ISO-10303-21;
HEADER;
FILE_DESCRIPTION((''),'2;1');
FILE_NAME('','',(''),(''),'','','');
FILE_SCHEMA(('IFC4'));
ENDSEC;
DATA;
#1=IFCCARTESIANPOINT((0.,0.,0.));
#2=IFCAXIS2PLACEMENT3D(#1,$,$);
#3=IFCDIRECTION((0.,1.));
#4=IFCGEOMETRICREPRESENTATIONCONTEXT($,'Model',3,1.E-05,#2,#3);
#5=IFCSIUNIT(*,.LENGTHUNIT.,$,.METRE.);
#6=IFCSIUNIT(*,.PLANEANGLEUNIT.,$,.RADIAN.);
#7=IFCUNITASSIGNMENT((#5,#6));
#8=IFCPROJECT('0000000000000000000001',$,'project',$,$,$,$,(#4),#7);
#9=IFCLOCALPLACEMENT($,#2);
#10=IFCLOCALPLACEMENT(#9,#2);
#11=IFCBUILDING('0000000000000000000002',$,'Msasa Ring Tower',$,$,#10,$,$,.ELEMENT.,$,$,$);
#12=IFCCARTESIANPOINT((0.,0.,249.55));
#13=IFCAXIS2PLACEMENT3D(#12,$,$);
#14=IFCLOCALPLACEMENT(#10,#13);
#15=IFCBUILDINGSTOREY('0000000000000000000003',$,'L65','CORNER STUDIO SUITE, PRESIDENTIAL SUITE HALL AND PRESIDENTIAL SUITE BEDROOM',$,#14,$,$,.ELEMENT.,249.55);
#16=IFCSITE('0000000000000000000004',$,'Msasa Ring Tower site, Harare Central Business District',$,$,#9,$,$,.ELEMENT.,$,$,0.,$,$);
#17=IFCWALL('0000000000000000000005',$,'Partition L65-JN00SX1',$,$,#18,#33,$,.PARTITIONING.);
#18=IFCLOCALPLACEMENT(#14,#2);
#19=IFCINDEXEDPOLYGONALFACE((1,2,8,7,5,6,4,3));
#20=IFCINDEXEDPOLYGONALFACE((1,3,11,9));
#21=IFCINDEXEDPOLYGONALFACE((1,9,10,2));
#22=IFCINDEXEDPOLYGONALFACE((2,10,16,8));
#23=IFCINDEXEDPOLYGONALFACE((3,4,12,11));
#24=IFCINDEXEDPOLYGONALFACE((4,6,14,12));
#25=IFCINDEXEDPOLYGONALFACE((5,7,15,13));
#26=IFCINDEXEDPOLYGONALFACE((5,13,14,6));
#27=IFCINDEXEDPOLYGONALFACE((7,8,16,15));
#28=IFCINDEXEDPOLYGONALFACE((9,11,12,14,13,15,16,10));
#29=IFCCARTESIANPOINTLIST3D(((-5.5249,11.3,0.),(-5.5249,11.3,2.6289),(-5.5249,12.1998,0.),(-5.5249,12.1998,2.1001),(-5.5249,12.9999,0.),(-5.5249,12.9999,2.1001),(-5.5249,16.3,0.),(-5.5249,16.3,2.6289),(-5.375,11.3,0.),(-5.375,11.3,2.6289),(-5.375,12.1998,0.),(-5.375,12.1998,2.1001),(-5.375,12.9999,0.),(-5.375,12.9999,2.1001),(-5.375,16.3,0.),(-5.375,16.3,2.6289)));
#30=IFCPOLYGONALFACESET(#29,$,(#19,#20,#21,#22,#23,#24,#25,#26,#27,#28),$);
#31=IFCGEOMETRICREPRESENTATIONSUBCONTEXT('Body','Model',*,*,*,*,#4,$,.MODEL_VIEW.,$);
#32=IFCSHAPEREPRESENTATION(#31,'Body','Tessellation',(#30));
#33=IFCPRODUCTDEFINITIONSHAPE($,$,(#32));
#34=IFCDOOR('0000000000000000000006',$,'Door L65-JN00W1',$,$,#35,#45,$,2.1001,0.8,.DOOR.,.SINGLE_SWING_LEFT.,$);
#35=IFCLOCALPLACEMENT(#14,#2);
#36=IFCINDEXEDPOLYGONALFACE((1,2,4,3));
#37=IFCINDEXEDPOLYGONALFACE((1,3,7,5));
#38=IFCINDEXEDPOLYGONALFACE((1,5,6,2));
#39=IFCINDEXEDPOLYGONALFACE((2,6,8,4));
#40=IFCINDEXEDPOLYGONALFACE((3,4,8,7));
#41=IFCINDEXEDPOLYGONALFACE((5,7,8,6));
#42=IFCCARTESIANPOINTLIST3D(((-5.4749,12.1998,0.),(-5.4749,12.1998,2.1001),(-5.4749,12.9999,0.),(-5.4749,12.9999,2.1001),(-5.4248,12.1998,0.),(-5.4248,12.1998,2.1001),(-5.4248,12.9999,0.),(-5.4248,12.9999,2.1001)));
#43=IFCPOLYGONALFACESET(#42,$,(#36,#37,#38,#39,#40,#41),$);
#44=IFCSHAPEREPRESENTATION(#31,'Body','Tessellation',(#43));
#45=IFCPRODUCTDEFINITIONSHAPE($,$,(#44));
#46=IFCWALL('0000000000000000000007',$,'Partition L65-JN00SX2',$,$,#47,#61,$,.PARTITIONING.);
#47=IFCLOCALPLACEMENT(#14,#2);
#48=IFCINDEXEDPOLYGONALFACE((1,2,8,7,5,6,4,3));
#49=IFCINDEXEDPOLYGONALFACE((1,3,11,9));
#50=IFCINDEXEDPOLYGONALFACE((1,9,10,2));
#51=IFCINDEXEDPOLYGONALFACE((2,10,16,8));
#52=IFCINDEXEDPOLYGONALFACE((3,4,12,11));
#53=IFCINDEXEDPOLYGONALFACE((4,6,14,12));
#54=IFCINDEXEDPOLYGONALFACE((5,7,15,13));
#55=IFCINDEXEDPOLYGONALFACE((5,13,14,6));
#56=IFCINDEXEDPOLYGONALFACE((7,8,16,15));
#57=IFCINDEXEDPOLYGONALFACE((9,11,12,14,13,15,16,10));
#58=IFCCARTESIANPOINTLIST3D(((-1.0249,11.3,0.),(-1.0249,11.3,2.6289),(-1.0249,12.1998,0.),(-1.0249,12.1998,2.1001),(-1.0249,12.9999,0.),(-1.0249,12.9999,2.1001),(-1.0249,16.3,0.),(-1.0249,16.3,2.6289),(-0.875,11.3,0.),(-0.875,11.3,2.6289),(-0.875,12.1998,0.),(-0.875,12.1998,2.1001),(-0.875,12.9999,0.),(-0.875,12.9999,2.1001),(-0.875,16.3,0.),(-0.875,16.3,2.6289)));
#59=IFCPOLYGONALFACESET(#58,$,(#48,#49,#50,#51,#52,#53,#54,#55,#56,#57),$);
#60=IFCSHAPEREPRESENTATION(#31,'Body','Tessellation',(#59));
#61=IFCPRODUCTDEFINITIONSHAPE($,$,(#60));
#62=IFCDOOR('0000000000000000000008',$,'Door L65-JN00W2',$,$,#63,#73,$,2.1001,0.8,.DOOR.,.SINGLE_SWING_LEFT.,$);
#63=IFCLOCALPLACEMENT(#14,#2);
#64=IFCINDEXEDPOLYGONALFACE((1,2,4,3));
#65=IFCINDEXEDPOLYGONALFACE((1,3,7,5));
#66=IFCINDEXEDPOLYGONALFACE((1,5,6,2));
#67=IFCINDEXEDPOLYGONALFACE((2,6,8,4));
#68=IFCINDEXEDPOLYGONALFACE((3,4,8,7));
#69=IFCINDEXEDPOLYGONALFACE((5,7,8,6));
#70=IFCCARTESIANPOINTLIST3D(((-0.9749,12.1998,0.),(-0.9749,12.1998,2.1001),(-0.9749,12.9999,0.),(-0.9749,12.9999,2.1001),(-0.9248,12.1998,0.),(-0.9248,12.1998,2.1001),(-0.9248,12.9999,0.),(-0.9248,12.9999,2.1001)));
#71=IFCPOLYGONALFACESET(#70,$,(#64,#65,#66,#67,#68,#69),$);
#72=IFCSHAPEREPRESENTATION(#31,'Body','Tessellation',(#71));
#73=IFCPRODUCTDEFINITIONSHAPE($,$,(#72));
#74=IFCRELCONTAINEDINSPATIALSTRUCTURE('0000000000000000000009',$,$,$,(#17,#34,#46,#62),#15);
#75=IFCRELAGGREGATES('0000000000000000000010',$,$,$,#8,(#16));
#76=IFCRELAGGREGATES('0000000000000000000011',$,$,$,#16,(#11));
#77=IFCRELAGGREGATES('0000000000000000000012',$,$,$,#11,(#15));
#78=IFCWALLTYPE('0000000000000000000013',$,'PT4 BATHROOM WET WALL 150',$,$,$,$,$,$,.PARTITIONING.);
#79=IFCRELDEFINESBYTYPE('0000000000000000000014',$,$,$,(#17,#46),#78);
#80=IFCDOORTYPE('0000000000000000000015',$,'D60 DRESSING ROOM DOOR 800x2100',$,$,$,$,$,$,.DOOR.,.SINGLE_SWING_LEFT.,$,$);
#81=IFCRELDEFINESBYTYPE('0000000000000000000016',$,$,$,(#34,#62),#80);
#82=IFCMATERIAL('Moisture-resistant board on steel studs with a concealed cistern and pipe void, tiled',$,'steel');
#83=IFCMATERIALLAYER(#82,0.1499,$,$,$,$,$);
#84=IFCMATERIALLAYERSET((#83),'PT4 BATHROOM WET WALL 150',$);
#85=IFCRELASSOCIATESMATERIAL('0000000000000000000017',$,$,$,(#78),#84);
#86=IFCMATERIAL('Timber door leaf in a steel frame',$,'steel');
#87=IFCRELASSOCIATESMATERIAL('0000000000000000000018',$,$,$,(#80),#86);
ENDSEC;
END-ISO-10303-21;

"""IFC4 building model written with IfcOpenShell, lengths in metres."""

from ifc_helpers import new_model, si_unit, direction, frame, frame_2d, origin, place, context, subcontext, project, spatial, rectangle, extrude, material, layer, layer_set, type_object, element, fill, save


model = new_model("IFC4")

# Units and contexts
model_context = context("Model", 3, precision=1e-05, world=origin(), true_north=direction((0.0, 1.0)))
body_context = subcontext(model_context, "Body", "Model", "MODEL_VIEW")
ifc_project = project(units=[si_unit("LENGTHUNIT", "METRE"), si_unit("PLANEANGLEUNIT", "RADIAN")], contexts=[model_context])

# Site, building, storey
site_placement = place(None, origin())
site = spatial("IfcSite", under=ifc_project, at=site_placement, Name="Msasa Ring Tower site, Harare Central Business District", CompositionType="ELEMENT", RefElevation=0.0)
building_placement = place(site_placement, origin())
building = spatial("IfcBuilding", under=site, at=building_placement, Name="Msasa Ring Tower", CompositionType="ELEMENT")
storey_placement = place(building_placement, frame((0.0, 0.0, 249.55)))
storey = spatial("IfcBuildingStorey", under=building, at=storey_placement, Name="L65", Description="CORNER STUDIO SUITE, PRESIDENTIAL SUITE HALL AND PRESIDENTIAL SUITE BEDROOM", CompositionType="ELEMENT", Elevation=249.55)

# Walls, openings, doors
ifc_material_1 = material(Name="Moisture-resistant board on steel studs with a concealed cistern and pipe void, tiled", Category="steel")
ifc_layer_1 = layer(ifc_material_1, 0.1499)
ifc_layer_set_1 = layer_set([ifc_layer_1], Name="PT4 BATHROOM WET WALL 150")
wall_type_1 = type_object("IfcWallType", Name="PT4 BATHROOM WET WALL 150", PredefinedType="PARTITIONING", material=ifc_layer_set_1)
wall_1_placement = place(storey_placement, frame((-5.45, 11.3, 0.0), z_axis=(0.0, 0.0, 1.0), x_axis=(0.0, 1.0, 0.0)))
wall_1 = element("IfcWall", 1, at=wall_1_placement, inside=storey, type_object=wall_type_1, Name="Partition L65-JN00SX1", PredefinedType="PARTITIONING", context=body_context, shape_type="SweptSolid", body=[
    extrude(rectangle(XDim=5.0, YDim=0.1499, at=frame_2d((2.5, 0.0))), origin(), (0.0, 0.0, 1.0), 2.6289),
])
opening_1_placement = place(wall_1_placement, frame((0.8999, 0.0, 0.0)))
opening_1 = element("IfcOpeningElement", 2, at=opening_1_placement, cuts=wall_1, PredefinedType="OPENING", context=body_context, shape_type="SweptSolid", body=[
    extrude(rectangle(XDim=0.8, YDim=2.1001, at=frame_2d((0.3999, 1.05))), frame((0.0, 0.085, 0.0), z_axis=(0.0, -1.0, 0.0), x_axis=(1.0, 0.0, 0.0)), (0.0, 0.0, 1.0), 0.1699),
])
ifc_material_2 = material(Name="Timber door leaf in a steel frame", Category="steel")
door_type_1 = type_object("IfcDoorType", Name="D60 DRESSING ROOM DOOR 800x2100", OperationType="SINGLE_SWING_LEFT", PredefinedType="DOOR", material=ifc_material_2)
door_1_placement = place(opening_1_placement, origin())
door_1 = element("IfcDoor", 3, at=door_1_placement, inside=storey, type_object=door_type_1, Name="Door L65-JN00W1", OperationType="SINGLE_SWING_LEFT", OverallHeight=2.1001, OverallWidth=0.8, PredefinedType="DOOR", context=body_context, shape_type="SweptSolid", body=[
    extrude(rectangle(XDim=0.8, YDim=2.1001, at=frame_2d((0.3999, 1.05))), frame((0.0, 0.0249, 0.0), z_axis=(0.0, -1.0, 0.0), x_axis=(1.0, 0.0, 0.0)), (0.0, 0.0, 1.0), 0.05),
])
fill(opening_1, door_1)
wall_2_placement = place(storey_placement, frame((-0.95, 11.3, 0.0), z_axis=(0.0, 0.0, 1.0), x_axis=(0.0, 1.0, 0.0)))
wall_2 = element("IfcWall", 4, at=wall_2_placement, inside=storey, type_object=wall_type_1, Name="Partition L65-JN00SX2", PredefinedType="PARTITIONING", context=body_context, shape_type="SweptSolid", body=[
    extrude(rectangle(XDim=5.0, YDim=0.1499, at=frame_2d((2.5, 0.0))), origin(), (0.0, 0.0, 1.0), 2.6289),
])
opening_2_placement = place(wall_2_placement, frame((0.8999, 0.0, 0.0)))
opening_2 = element("IfcOpeningElement", 5, at=opening_2_placement, cuts=wall_2, PredefinedType="OPENING", context=body_context, shape_type="SweptSolid", body=[
    extrude(rectangle(XDim=0.8, YDim=2.1001, at=frame_2d((0.3999, 1.05))), frame((0.0, 0.085, 0.0), z_axis=(0.0, -1.0, 0.0), x_axis=(1.0, 0.0, 0.0)), (0.0, 0.0, 1.0), 0.1699),
])
door_2_placement = place(opening_2_placement, origin())
door_2 = element("IfcDoor", 6, at=door_2_placement, inside=storey, type_object=door_type_1, Name="Door L65-JN00W2", OperationType="SINGLE_SWING_LEFT", OverallHeight=2.1001, OverallWidth=0.8, PredefinedType="DOOR", context=body_context, shape_type="SweptSolid", body=[
    extrude(rectangle(XDim=0.8, YDim=2.1001, at=frame_2d((0.3999, 1.05))), frame((0.0, 0.0249, 0.0), z_axis=(0.0, -1.0, 0.0), x_axis=(1.0, 0.0, 0.0)), (0.0, 0.0, 1.0), 0.05),
])
fill(opening_2, door_2)

save(model, "model.ifc")
